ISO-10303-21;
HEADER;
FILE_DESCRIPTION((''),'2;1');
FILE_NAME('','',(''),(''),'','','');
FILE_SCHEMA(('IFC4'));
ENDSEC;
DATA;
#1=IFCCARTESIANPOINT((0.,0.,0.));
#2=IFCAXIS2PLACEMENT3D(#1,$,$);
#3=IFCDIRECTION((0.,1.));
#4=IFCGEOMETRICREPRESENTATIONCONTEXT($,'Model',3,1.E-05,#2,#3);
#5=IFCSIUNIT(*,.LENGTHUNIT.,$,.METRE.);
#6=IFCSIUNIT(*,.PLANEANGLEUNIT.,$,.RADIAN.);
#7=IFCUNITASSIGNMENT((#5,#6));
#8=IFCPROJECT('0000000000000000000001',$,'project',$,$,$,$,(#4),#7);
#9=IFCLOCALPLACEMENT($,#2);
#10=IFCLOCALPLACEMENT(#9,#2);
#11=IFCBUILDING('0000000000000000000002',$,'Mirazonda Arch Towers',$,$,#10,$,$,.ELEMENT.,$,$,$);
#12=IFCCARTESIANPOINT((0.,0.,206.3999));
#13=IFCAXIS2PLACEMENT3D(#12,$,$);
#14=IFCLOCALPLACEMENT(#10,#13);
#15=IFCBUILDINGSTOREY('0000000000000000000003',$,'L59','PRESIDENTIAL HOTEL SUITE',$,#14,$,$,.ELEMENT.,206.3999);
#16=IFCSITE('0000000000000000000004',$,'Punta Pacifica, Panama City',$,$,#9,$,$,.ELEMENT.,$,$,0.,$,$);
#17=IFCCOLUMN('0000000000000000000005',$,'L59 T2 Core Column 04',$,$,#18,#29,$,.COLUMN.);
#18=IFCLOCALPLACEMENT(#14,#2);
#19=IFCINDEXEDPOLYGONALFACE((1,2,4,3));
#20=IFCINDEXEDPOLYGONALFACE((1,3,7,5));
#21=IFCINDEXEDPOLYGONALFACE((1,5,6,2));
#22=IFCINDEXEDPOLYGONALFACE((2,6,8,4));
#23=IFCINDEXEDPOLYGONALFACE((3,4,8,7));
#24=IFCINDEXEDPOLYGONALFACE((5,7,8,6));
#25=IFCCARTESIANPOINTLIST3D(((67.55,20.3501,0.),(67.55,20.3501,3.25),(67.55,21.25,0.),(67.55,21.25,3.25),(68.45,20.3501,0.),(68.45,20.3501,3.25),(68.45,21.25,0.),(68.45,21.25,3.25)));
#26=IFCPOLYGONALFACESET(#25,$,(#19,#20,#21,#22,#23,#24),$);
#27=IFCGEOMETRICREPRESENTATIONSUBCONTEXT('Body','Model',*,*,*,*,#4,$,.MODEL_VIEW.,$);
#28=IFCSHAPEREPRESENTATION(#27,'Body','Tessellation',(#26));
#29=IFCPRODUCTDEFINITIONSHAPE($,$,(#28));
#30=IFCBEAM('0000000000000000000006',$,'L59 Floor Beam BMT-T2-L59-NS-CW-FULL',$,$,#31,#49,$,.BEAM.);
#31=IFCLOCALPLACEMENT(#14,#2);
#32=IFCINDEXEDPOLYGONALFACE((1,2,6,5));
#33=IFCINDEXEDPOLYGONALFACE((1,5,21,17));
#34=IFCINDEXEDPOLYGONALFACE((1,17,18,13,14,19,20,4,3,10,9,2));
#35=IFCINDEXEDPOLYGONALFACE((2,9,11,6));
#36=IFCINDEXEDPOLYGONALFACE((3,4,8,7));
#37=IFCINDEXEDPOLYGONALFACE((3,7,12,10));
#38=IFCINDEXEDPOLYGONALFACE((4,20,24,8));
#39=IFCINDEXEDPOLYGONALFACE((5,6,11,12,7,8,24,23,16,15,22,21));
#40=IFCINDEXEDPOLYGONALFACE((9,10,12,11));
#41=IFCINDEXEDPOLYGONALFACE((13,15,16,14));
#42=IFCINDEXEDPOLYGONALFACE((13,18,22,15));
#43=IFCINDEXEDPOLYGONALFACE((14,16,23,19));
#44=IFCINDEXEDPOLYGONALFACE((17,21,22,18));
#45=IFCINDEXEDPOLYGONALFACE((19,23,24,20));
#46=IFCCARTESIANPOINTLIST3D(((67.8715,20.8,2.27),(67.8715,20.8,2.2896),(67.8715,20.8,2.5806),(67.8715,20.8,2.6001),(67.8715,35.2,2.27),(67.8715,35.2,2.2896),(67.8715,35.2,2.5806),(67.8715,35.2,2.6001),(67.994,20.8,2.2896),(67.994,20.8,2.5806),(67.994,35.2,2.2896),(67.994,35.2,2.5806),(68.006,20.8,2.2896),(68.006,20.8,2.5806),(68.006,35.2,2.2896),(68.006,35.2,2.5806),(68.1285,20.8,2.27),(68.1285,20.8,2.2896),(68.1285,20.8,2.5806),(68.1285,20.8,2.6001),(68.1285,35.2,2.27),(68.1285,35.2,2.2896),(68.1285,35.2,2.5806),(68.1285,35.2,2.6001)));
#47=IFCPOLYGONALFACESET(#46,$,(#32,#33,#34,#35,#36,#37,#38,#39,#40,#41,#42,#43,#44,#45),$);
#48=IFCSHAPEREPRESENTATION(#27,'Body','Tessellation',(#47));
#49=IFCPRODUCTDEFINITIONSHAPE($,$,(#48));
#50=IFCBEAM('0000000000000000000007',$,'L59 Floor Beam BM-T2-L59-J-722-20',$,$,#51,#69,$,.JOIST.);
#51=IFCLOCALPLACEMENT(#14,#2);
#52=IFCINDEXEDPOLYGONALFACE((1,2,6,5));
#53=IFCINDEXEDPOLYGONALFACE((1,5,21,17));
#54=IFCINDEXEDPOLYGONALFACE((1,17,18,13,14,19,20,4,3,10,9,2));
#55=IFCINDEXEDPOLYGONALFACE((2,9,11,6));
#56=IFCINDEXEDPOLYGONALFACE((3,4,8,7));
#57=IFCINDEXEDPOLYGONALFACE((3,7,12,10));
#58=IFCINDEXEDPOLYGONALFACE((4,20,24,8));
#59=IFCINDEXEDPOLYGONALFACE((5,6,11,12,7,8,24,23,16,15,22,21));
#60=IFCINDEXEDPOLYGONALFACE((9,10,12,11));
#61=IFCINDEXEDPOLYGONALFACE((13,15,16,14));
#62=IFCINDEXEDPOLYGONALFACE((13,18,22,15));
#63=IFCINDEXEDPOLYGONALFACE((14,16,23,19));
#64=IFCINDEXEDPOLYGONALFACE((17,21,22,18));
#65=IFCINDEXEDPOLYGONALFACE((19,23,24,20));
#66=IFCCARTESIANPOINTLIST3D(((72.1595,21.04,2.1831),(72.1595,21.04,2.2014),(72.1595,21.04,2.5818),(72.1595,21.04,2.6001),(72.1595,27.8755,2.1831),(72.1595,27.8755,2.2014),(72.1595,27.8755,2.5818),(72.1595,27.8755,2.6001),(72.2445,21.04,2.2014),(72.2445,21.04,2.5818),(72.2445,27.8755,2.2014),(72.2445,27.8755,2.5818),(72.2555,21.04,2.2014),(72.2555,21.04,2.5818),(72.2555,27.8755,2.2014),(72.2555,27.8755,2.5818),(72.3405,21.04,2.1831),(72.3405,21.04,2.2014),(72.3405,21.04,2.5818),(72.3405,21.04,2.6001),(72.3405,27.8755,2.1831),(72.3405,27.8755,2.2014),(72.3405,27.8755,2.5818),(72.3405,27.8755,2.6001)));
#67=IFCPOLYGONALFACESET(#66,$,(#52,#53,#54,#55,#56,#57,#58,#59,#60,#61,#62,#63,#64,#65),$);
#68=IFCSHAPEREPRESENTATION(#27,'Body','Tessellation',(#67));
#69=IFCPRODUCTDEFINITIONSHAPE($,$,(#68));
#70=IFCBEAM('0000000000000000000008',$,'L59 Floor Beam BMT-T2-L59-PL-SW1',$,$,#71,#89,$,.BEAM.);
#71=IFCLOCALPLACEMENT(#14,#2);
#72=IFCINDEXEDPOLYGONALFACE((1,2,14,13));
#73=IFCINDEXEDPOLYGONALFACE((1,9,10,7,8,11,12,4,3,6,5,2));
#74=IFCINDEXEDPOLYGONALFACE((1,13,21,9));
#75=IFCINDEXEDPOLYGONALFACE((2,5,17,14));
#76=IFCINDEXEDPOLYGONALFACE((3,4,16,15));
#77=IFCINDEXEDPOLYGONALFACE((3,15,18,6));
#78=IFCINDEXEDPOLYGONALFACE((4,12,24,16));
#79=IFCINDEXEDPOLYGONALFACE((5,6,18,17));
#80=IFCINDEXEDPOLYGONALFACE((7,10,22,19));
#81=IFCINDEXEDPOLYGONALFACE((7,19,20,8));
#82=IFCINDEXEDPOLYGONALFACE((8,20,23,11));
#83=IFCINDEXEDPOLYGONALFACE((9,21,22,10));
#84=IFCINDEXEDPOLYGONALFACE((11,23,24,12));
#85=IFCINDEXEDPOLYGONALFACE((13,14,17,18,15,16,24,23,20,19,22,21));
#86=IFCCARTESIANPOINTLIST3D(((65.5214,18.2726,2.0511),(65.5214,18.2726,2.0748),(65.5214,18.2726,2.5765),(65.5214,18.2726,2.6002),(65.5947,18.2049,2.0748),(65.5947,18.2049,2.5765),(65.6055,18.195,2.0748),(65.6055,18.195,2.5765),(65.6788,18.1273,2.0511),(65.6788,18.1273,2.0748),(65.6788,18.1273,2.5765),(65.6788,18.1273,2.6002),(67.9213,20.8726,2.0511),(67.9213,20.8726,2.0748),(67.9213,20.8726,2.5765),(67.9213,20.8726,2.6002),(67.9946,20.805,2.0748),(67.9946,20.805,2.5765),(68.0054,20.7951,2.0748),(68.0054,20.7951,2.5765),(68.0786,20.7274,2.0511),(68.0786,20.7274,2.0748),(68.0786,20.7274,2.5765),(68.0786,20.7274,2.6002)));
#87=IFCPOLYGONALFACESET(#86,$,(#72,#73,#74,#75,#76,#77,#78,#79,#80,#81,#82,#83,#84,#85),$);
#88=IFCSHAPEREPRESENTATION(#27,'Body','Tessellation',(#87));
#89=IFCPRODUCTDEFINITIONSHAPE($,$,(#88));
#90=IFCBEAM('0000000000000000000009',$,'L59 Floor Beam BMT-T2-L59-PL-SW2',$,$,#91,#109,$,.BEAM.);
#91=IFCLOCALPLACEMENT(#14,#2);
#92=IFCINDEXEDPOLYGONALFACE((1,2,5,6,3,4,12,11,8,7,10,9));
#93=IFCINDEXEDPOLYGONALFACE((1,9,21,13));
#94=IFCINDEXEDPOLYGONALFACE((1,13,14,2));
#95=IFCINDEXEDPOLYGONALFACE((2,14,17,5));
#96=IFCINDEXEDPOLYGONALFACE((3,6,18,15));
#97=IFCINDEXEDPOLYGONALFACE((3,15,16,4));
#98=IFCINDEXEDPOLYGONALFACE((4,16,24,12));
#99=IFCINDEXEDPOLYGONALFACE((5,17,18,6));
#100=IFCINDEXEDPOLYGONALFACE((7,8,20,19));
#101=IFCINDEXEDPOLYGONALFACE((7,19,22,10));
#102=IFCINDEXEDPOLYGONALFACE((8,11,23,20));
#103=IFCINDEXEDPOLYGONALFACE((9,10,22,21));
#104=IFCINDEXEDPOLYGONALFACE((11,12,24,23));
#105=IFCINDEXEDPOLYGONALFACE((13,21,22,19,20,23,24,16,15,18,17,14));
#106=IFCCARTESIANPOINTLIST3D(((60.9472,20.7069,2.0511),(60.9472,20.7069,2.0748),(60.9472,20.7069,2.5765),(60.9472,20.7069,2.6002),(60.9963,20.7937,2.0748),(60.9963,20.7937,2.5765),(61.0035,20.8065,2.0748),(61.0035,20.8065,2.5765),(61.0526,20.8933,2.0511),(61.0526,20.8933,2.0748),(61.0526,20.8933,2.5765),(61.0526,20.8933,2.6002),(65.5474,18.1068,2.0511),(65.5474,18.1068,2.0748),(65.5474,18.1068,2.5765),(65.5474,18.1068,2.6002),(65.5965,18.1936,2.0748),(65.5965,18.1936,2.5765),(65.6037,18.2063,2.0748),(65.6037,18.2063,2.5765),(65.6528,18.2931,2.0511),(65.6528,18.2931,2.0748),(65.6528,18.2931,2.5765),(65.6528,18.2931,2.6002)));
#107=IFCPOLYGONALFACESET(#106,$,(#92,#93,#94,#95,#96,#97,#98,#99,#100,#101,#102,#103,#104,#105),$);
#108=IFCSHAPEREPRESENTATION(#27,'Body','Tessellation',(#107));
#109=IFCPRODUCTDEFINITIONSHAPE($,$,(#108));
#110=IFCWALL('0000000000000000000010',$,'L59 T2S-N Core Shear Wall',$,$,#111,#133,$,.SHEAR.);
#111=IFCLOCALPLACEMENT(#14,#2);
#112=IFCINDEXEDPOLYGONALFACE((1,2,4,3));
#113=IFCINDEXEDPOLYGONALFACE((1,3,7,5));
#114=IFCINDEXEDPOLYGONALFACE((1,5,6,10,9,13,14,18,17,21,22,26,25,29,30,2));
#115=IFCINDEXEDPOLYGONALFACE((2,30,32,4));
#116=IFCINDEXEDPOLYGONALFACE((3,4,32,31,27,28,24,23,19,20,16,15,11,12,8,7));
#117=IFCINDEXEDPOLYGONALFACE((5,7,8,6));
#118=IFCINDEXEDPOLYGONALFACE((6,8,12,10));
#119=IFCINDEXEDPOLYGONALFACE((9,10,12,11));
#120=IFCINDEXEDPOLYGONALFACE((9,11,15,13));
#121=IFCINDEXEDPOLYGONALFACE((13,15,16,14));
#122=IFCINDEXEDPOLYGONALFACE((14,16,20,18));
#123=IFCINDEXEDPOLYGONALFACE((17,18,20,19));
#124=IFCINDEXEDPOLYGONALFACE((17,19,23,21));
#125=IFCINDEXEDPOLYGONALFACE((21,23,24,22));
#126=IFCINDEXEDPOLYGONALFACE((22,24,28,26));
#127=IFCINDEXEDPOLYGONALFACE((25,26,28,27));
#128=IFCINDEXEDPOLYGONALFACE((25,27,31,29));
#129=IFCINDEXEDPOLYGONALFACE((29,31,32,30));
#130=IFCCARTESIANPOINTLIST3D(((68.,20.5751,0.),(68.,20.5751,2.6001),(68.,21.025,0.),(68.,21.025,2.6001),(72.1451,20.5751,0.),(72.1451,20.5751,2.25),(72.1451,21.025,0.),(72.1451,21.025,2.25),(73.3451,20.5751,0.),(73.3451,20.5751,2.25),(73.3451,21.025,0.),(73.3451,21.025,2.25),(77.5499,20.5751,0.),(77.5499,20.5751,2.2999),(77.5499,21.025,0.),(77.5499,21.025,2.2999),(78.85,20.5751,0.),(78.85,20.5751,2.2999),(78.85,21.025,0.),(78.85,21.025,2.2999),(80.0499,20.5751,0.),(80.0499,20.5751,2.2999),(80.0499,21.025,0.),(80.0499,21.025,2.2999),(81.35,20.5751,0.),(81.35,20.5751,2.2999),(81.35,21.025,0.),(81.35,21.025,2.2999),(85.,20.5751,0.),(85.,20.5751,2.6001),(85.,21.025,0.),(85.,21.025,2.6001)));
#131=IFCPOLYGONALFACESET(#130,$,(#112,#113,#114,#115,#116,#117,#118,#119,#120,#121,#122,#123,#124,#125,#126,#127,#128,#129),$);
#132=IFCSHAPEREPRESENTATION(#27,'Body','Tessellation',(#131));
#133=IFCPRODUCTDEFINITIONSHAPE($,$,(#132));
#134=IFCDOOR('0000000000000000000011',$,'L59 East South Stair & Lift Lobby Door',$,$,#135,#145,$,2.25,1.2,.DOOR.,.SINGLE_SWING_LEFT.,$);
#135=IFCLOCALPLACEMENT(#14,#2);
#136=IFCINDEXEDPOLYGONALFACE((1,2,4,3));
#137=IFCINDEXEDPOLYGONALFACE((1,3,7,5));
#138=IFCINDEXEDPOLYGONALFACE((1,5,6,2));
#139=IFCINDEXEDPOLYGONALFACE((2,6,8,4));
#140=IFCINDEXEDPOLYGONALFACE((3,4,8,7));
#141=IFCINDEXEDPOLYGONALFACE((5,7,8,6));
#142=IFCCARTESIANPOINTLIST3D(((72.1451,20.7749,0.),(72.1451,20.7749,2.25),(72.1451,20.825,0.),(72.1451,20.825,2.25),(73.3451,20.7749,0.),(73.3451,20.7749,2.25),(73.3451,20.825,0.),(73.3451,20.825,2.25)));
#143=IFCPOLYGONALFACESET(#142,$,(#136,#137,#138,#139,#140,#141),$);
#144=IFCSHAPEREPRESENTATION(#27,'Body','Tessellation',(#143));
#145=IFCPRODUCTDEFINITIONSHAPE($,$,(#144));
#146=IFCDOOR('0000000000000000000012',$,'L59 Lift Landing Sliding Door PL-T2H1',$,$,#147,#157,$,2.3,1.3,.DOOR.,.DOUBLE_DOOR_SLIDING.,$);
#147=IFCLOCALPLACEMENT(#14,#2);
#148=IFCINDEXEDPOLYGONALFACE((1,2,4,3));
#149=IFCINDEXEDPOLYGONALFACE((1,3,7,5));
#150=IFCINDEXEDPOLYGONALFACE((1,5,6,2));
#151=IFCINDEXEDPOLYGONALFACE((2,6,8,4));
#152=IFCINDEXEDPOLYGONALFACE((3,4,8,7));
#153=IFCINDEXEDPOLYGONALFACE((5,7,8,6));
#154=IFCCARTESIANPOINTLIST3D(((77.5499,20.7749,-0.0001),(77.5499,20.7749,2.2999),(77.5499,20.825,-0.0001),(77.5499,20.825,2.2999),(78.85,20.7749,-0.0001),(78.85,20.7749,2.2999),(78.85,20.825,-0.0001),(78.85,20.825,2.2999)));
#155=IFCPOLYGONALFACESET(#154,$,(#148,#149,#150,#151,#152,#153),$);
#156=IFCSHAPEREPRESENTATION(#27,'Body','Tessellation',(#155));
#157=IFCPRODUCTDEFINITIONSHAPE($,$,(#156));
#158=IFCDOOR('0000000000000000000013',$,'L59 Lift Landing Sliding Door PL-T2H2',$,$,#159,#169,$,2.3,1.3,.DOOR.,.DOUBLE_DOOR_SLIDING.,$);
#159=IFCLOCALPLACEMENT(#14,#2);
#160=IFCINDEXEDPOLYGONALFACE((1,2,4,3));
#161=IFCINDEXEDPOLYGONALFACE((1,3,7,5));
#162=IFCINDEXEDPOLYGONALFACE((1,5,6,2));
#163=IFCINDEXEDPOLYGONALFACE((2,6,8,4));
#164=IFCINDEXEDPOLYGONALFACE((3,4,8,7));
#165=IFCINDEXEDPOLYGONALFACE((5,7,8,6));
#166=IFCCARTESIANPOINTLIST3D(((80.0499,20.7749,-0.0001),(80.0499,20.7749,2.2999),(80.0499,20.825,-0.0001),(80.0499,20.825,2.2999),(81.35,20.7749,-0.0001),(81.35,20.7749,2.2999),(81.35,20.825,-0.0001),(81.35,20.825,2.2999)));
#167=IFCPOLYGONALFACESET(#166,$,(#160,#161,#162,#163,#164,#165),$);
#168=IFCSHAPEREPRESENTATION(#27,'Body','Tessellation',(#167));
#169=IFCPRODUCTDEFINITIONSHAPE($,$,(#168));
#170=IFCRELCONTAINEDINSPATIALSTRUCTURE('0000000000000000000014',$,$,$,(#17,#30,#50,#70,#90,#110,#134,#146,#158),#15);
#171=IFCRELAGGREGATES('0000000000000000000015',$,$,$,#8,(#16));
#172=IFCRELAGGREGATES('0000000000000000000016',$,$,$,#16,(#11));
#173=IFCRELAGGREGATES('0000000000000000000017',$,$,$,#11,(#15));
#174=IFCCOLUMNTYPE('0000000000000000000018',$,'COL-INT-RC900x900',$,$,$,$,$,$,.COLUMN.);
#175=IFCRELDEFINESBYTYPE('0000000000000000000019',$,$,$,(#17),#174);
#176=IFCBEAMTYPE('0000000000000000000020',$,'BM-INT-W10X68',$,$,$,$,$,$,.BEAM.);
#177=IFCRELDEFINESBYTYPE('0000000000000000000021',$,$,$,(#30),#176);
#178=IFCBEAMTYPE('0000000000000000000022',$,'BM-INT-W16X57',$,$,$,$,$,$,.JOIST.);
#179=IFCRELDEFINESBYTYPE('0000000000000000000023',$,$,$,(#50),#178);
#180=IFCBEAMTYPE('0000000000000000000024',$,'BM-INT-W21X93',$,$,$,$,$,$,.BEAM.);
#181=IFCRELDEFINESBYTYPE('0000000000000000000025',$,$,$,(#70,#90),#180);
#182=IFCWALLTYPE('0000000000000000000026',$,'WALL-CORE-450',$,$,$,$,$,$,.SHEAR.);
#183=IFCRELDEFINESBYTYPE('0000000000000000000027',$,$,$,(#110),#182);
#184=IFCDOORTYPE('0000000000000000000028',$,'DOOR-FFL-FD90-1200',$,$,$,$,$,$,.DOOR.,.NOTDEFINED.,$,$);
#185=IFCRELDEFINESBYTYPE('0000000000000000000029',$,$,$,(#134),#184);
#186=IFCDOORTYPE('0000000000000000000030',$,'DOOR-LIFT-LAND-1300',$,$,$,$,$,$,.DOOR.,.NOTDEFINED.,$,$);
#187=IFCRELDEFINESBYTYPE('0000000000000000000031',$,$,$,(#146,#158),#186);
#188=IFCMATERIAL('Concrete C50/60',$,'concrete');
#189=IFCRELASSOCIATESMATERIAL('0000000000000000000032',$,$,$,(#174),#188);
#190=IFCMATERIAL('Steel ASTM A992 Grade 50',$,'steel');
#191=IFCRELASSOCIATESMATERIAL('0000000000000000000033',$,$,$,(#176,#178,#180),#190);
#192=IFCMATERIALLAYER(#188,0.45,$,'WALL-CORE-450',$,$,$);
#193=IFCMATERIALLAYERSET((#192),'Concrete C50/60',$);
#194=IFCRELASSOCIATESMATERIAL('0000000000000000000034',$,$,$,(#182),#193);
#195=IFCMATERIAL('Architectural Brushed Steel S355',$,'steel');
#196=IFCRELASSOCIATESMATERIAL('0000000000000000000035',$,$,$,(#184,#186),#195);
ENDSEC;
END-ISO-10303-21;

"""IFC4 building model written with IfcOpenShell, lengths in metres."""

from ifc_helpers import new_model, si_unit, direction, frame, frame_2d, origin, origin_2d, place, context, subcontext, project, spatial, rectangle, i_section, extrude, material, layer, layer_set, material_profile, profile_set, type_object, element, fill, save


model = new_model("IFC4")

# Units and contexts
model_context = context("Model", 3, precision=1e-05, world=origin(), true_north=direction((0.0, 1.0)))
body_context = subcontext(model_context, "Body", "Model", "MODEL_VIEW")
ifc_project = project(units=[si_unit("LENGTHUNIT", "METRE"), si_unit("PLANEANGLEUNIT", "RADIAN")], contexts=[model_context])

# Site, building, storey
site_placement = place(None, origin())
site = spatial("IfcSite", under=ifc_project, at=site_placement, Name="Punta Pacifica, Panama City", CompositionType="ELEMENT", RefElevation=0.0)
building_placement = place(site_placement, origin())
building = spatial("IfcBuilding", under=site, at=building_placement, Name="Mirazonda Arch Towers", CompositionType="ELEMENT")
storey_placement = place(building_placement, frame((0.0, 0.0, 206.3999)))
storey = spatial("IfcBuildingStorey", under=building, at=storey_placement, Name="L59", Description="PRESIDENTIAL HOTEL SUITE", CompositionType="ELEMENT", Elevation=206.3999)

# Column
ifc_material_1 = material(Name="Concrete C50/60", Category="concrete")
ifc_material_profile_1 = material_profile(ifc_material_1, rectangle(XDim=0.8999, YDim=0.8999, at=origin_2d()), Name="RC900x900")
ifc_profile_set_1 = profile_set([ifc_material_profile_1], Name="Concrete C50/60")
column_type = type_object("IfcColumnType", Name="COL-INT-RC900x900", PredefinedType="COLUMN", material=ifc_profile_set_1)
column_placement = place(storey_placement, frame((68.0, 20.8, 0.0), z_axis=(0.0, 0.0, 1.0), x_axis=(1.0, 0.0, 0.0)))
element("IfcColumn", 1, at=column_placement, inside=storey, type_object=column_type, Name="L59 T2 Core Column 04", PredefinedType="COLUMN", context=body_context, shape_type="SweptSolid", body=[
    extrude(rectangle(XDim=0.8999, YDim=0.8999, at=origin_2d()), origin(), (0.0, 0.0, 1.0), 3.25),
])

# Beams
ifc_material_2 = material(Name="Steel ASTM A992 Grade 50", Category="steel")
ifc_material_profile_2 = material_profile(ifc_material_2, i_section(OverallWidth=0.2571, OverallDepth=0.3301, WebThickness=0.012, FlangeThickness=0.0195, at=origin_2d()), Name="W10X68")
ifc_profile_set_2 = profile_set([ifc_material_profile_2], Name="Steel ASTM A992 Grade 50")
beam_type_1 = type_object("IfcBeamType", Name="BM-INT-W10X68", PredefinedType="BEAM", material=ifc_profile_set_2)
beam_1_placement = place(storey_placement, frame((68.0, 20.8, 2.4351), z_axis=(0.0, 1.0, 0.0), x_axis=(-1.0, 0.0, 0.0)))
element("IfcBeam", 2, at=beam_1_placement, inside=storey, type_object=beam_type_1, Name="L59 Floor Beam BMT-T2-L59-NS-CW-FULL", PredefinedType="BEAM", context=body_context, shape_type="SweptSolid", body=[
    extrude(i_section(OverallWidth=0.2571, OverallDepth=0.3301, WebThickness=0.012, FlangeThickness=0.0195, at=origin_2d()), origin(), (0.0, 0.0, 1.0), 14.3999),
])
ifc_material_profile_3 = material_profile(ifc_material_2, i_section(OverallWidth=0.1809, OverallDepth=0.417, WebThickness=0.011, FlangeThickness=0.0183, at=origin_2d()), Name="W16X57")
ifc_profile_set_3 = profile_set([ifc_material_profile_3], Name="Steel ASTM A992 Grade 50")
beam_type_2 = type_object("IfcBeamType", Name="BM-INT-W16X57", PredefinedType="JOIST", material=ifc_profile_set_3)
beam_2_placement = place(storey_placement, frame((72.25, 21.04, 2.3916), z_axis=(0.0, 1.0, 0.0), x_axis=(-1.0, 0.0, 0.0)))
element("IfcBeam", 3, at=beam_2_placement, inside=storey, type_object=beam_type_2, Name="L59 Floor Beam BM-T2-L59-J-722-20", PredefinedType="JOIST", context=body_context, shape_type="SweptSolid", body=[
    extrude(i_section(OverallWidth=0.1809, OverallDepth=0.417, WebThickness=0.011, FlangeThickness=0.0183, at=origin_2d()), origin(), (0.0, 0.0, 1.0), 6.8354),
])
ifc_material_profile_4 = material_profile(ifc_material_2, i_section(OverallWidth=0.2141, OverallDepth=0.5491, WebThickness=0.0146, FlangeThickness=0.0237, at=origin_2d()), Name="W21X93")
ifc_profile_set_4 = profile_set([ifc_material_profile_4], Name="Steel ASTM A992 Grade 50")
beam_type_3 = type_object("IfcBeamType", Name="BM-INT-W21X93", PredefinedType="BEAM", material=ifc_profile_set_4)
beam_3_placement = place(storey_placement, frame((65.6001, 18.2, 2.3257), z_axis=(0.678251, 0.73483, 0.0), x_axis=(-0.73483, 0.678251, 0.0)))
element("IfcBeam", 4, at=beam_3_placement, inside=storey, type_object=beam_type_3, Name="L59 Floor Beam BMT-T2-L59-PL-SW1", PredefinedType="BEAM", context=body_context, shape_type="SweptSolid", body=[
    extrude(i_section(OverallWidth=0.2141, OverallDepth=0.5491, WebThickness=0.0146, FlangeThickness=0.0237, at=origin_2d()), origin(), (0.0, 0.0, 1.0), 3.5383),
])
beam_4_placement = place(storey_placement, frame((65.6001, 18.2, 2.3257), z_axis=(-0.870559, 0.492063, 0.0), x_axis=(-0.492063, -0.870559, 0.0)))
element("IfcBeam", 5, at=beam_4_placement, inside=storey, type_object=beam_type_3, Name="L59 Floor Beam BMT-T2-L59-PL-SW2", PredefinedType="BEAM", context=body_context, shape_type="SweptSolid", body=[
    extrude(i_section(OverallWidth=0.2141, OverallDepth=0.5491, WebThickness=0.0146, FlangeThickness=0.0237, at=origin_2d()), origin(), (0.0, 0.0, 1.0), 5.2842),
])

# Wall, openings, doors
ifc_layer_1 = layer(ifc_material_1, 0.45, Name="WALL-CORE-450")
ifc_layer_set_1 = layer_set([ifc_layer_1], Name="Concrete C50/60")
wall_type_1 = type_object("IfcWallType", Name="WALL-CORE-450", PredefinedType="SHEAR", material=ifc_layer_set_1)
wall_1_placement = place(storey_placement, frame((68.0, 20.8, 0.0), z_axis=(0.0, 0.0, 1.0), x_axis=(1.0, 0.0, 0.0)))
wall_1 = element("IfcWall", 6, at=wall_1_placement, inside=storey, type_object=wall_type_1, Name="L59 T2S-N Core Shear Wall", PredefinedType="SHEAR", context=body_context, shape_type="SweptSolid", body=[
    extrude(rectangle(XDim=17.0, YDim=0.45, at=frame_2d((8.5, 0.0))), origin(), (0.0, 0.0, 1.0), 2.6001),
])
opening_1_placement = place(wall_1_placement, frame((4.145, 0.0, 0.0)))
opening_1 = element("IfcOpeningElement", 7, at=opening_1_placement, cuts=wall_1, PredefinedType="OPENING", context=body_context, shape_type="SweptSolid", body=[
    extrude(rectangle(XDim=1.2, YDim=2.25, at=frame_2d((0.6001, 1.125))), frame((0.0, 0.2349, 0.0), z_axis=(0.0, -1.0, 0.0), x_axis=(1.0, 0.0, 0.0)), (0.0, 0.0, 1.0), 0.47),
])
opening_2_placement = place(wall_1_placement, frame((9.55, 0.0, 0.0)))
opening_2 = element("IfcOpeningElement", 8, at=opening_2_placement, cuts=wall_1, PredefinedType="OPENING", context=body_context, shape_type="SweptSolid", body=[
    extrude(rectangle(XDim=1.3, YDim=2.3, at=frame_2d((0.6499, 1.1499))), frame((0.0, 0.2349, 0.0), z_axis=(0.0, -1.0, 0.0), x_axis=(1.0, 0.0, 0.0)), (0.0, 0.0, 1.0), 0.47),
])
opening_3_placement = place(wall_1_placement, frame((12.05, 0.0, 0.0)))
opening_3 = element("IfcOpeningElement", 9, at=opening_3_placement, cuts=wall_1, PredefinedType="OPENING", context=body_context, shape_type="SweptSolid", body=[
    extrude(rectangle(XDim=1.3, YDim=2.3, at=frame_2d((0.6499, 1.1499))), frame((0.0, 0.2349, 0.0), z_axis=(0.0, -1.0, 0.0), x_axis=(1.0, 0.0, 0.0)), (0.0, 0.0, 1.0), 0.47),
])
ifc_material_3 = material(Name="Architectural Brushed Steel S355", Category="steel")
door_type_1 = type_object("IfcDoorType", Name="DOOR-FFL-FD90-1200", OperationType="NOTDEFINED", PredefinedType="DOOR", material=ifc_material_3)
door_1_placement = place(opening_1_placement, origin())
door_1 = element("IfcDoor", 10, at=door_1_placement, inside=storey, type_object=door_type_1, Name="L59 East South Stair & Lift Lobby Door", OperationType="SINGLE_SWING_LEFT", OverallHeight=2.25, OverallWidth=1.2, PredefinedType="DOOR", context=body_context, shape_type="SweptSolid", body=[
    extrude(rectangle(XDim=1.2, YDim=2.25, at=frame_2d((0.6001, 1.125))), frame((0.0, 0.0249, 0.0), z_axis=(0.0, -1.0, 0.0), x_axis=(1.0, 0.0, 0.0)), (0.0, 0.0, 1.0), 0.05),
])
fill(opening_1, door_1)
door_type_2 = type_object("IfcDoorType", Name="DOOR-LIFT-LAND-1300", OperationType="NOTDEFINED", PredefinedType="DOOR", material=ifc_material_3)
door_2_placement = place(opening_2_placement, origin())
door_2 = element("IfcDoor", 11, at=door_2_placement, inside=storey, type_object=door_type_2, Name="L59 Lift Landing Sliding Door PL-T2H1", OperationType="DOUBLE_DOOR_SLIDING", OverallHeight=2.3, OverallWidth=1.3, PredefinedType="DOOR", context=body_context, shape_type="SweptSolid", body=[
    extrude(rectangle(XDim=1.3, YDim=2.3, at=frame_2d((0.6499, 1.1499))), frame((0.0, 0.0249, 0.0), z_axis=(0.0, -1.0, 0.0), x_axis=(1.0, 0.0, 0.0)), (0.0, 0.0, 1.0), 0.05),
])
fill(opening_2, door_2)
door_3_placement = place(opening_3_placement, origin())
door_3 = element("IfcDoor", 12, at=door_3_placement, inside=storey, type_object=door_type_2, Name="L59 Lift Landing Sliding Door PL-T2H2", OperationType="DOUBLE_DOOR_SLIDING", OverallHeight=2.3, OverallWidth=1.3, PredefinedType="DOOR", context=body_context, shape_type="SweptSolid", body=[
    extrude(rectangle(XDim=1.3, YDim=2.3, at=frame_2d((0.6499, 1.1499))), frame((0.0, 0.0249, 0.0), z_axis=(0.0, -1.0, 0.0), x_axis=(1.0, 0.0, 0.0)), (0.0, 0.0, 1.0), 0.05),
])
fill(opening_3, door_3)

save(model, "model.ifc")
